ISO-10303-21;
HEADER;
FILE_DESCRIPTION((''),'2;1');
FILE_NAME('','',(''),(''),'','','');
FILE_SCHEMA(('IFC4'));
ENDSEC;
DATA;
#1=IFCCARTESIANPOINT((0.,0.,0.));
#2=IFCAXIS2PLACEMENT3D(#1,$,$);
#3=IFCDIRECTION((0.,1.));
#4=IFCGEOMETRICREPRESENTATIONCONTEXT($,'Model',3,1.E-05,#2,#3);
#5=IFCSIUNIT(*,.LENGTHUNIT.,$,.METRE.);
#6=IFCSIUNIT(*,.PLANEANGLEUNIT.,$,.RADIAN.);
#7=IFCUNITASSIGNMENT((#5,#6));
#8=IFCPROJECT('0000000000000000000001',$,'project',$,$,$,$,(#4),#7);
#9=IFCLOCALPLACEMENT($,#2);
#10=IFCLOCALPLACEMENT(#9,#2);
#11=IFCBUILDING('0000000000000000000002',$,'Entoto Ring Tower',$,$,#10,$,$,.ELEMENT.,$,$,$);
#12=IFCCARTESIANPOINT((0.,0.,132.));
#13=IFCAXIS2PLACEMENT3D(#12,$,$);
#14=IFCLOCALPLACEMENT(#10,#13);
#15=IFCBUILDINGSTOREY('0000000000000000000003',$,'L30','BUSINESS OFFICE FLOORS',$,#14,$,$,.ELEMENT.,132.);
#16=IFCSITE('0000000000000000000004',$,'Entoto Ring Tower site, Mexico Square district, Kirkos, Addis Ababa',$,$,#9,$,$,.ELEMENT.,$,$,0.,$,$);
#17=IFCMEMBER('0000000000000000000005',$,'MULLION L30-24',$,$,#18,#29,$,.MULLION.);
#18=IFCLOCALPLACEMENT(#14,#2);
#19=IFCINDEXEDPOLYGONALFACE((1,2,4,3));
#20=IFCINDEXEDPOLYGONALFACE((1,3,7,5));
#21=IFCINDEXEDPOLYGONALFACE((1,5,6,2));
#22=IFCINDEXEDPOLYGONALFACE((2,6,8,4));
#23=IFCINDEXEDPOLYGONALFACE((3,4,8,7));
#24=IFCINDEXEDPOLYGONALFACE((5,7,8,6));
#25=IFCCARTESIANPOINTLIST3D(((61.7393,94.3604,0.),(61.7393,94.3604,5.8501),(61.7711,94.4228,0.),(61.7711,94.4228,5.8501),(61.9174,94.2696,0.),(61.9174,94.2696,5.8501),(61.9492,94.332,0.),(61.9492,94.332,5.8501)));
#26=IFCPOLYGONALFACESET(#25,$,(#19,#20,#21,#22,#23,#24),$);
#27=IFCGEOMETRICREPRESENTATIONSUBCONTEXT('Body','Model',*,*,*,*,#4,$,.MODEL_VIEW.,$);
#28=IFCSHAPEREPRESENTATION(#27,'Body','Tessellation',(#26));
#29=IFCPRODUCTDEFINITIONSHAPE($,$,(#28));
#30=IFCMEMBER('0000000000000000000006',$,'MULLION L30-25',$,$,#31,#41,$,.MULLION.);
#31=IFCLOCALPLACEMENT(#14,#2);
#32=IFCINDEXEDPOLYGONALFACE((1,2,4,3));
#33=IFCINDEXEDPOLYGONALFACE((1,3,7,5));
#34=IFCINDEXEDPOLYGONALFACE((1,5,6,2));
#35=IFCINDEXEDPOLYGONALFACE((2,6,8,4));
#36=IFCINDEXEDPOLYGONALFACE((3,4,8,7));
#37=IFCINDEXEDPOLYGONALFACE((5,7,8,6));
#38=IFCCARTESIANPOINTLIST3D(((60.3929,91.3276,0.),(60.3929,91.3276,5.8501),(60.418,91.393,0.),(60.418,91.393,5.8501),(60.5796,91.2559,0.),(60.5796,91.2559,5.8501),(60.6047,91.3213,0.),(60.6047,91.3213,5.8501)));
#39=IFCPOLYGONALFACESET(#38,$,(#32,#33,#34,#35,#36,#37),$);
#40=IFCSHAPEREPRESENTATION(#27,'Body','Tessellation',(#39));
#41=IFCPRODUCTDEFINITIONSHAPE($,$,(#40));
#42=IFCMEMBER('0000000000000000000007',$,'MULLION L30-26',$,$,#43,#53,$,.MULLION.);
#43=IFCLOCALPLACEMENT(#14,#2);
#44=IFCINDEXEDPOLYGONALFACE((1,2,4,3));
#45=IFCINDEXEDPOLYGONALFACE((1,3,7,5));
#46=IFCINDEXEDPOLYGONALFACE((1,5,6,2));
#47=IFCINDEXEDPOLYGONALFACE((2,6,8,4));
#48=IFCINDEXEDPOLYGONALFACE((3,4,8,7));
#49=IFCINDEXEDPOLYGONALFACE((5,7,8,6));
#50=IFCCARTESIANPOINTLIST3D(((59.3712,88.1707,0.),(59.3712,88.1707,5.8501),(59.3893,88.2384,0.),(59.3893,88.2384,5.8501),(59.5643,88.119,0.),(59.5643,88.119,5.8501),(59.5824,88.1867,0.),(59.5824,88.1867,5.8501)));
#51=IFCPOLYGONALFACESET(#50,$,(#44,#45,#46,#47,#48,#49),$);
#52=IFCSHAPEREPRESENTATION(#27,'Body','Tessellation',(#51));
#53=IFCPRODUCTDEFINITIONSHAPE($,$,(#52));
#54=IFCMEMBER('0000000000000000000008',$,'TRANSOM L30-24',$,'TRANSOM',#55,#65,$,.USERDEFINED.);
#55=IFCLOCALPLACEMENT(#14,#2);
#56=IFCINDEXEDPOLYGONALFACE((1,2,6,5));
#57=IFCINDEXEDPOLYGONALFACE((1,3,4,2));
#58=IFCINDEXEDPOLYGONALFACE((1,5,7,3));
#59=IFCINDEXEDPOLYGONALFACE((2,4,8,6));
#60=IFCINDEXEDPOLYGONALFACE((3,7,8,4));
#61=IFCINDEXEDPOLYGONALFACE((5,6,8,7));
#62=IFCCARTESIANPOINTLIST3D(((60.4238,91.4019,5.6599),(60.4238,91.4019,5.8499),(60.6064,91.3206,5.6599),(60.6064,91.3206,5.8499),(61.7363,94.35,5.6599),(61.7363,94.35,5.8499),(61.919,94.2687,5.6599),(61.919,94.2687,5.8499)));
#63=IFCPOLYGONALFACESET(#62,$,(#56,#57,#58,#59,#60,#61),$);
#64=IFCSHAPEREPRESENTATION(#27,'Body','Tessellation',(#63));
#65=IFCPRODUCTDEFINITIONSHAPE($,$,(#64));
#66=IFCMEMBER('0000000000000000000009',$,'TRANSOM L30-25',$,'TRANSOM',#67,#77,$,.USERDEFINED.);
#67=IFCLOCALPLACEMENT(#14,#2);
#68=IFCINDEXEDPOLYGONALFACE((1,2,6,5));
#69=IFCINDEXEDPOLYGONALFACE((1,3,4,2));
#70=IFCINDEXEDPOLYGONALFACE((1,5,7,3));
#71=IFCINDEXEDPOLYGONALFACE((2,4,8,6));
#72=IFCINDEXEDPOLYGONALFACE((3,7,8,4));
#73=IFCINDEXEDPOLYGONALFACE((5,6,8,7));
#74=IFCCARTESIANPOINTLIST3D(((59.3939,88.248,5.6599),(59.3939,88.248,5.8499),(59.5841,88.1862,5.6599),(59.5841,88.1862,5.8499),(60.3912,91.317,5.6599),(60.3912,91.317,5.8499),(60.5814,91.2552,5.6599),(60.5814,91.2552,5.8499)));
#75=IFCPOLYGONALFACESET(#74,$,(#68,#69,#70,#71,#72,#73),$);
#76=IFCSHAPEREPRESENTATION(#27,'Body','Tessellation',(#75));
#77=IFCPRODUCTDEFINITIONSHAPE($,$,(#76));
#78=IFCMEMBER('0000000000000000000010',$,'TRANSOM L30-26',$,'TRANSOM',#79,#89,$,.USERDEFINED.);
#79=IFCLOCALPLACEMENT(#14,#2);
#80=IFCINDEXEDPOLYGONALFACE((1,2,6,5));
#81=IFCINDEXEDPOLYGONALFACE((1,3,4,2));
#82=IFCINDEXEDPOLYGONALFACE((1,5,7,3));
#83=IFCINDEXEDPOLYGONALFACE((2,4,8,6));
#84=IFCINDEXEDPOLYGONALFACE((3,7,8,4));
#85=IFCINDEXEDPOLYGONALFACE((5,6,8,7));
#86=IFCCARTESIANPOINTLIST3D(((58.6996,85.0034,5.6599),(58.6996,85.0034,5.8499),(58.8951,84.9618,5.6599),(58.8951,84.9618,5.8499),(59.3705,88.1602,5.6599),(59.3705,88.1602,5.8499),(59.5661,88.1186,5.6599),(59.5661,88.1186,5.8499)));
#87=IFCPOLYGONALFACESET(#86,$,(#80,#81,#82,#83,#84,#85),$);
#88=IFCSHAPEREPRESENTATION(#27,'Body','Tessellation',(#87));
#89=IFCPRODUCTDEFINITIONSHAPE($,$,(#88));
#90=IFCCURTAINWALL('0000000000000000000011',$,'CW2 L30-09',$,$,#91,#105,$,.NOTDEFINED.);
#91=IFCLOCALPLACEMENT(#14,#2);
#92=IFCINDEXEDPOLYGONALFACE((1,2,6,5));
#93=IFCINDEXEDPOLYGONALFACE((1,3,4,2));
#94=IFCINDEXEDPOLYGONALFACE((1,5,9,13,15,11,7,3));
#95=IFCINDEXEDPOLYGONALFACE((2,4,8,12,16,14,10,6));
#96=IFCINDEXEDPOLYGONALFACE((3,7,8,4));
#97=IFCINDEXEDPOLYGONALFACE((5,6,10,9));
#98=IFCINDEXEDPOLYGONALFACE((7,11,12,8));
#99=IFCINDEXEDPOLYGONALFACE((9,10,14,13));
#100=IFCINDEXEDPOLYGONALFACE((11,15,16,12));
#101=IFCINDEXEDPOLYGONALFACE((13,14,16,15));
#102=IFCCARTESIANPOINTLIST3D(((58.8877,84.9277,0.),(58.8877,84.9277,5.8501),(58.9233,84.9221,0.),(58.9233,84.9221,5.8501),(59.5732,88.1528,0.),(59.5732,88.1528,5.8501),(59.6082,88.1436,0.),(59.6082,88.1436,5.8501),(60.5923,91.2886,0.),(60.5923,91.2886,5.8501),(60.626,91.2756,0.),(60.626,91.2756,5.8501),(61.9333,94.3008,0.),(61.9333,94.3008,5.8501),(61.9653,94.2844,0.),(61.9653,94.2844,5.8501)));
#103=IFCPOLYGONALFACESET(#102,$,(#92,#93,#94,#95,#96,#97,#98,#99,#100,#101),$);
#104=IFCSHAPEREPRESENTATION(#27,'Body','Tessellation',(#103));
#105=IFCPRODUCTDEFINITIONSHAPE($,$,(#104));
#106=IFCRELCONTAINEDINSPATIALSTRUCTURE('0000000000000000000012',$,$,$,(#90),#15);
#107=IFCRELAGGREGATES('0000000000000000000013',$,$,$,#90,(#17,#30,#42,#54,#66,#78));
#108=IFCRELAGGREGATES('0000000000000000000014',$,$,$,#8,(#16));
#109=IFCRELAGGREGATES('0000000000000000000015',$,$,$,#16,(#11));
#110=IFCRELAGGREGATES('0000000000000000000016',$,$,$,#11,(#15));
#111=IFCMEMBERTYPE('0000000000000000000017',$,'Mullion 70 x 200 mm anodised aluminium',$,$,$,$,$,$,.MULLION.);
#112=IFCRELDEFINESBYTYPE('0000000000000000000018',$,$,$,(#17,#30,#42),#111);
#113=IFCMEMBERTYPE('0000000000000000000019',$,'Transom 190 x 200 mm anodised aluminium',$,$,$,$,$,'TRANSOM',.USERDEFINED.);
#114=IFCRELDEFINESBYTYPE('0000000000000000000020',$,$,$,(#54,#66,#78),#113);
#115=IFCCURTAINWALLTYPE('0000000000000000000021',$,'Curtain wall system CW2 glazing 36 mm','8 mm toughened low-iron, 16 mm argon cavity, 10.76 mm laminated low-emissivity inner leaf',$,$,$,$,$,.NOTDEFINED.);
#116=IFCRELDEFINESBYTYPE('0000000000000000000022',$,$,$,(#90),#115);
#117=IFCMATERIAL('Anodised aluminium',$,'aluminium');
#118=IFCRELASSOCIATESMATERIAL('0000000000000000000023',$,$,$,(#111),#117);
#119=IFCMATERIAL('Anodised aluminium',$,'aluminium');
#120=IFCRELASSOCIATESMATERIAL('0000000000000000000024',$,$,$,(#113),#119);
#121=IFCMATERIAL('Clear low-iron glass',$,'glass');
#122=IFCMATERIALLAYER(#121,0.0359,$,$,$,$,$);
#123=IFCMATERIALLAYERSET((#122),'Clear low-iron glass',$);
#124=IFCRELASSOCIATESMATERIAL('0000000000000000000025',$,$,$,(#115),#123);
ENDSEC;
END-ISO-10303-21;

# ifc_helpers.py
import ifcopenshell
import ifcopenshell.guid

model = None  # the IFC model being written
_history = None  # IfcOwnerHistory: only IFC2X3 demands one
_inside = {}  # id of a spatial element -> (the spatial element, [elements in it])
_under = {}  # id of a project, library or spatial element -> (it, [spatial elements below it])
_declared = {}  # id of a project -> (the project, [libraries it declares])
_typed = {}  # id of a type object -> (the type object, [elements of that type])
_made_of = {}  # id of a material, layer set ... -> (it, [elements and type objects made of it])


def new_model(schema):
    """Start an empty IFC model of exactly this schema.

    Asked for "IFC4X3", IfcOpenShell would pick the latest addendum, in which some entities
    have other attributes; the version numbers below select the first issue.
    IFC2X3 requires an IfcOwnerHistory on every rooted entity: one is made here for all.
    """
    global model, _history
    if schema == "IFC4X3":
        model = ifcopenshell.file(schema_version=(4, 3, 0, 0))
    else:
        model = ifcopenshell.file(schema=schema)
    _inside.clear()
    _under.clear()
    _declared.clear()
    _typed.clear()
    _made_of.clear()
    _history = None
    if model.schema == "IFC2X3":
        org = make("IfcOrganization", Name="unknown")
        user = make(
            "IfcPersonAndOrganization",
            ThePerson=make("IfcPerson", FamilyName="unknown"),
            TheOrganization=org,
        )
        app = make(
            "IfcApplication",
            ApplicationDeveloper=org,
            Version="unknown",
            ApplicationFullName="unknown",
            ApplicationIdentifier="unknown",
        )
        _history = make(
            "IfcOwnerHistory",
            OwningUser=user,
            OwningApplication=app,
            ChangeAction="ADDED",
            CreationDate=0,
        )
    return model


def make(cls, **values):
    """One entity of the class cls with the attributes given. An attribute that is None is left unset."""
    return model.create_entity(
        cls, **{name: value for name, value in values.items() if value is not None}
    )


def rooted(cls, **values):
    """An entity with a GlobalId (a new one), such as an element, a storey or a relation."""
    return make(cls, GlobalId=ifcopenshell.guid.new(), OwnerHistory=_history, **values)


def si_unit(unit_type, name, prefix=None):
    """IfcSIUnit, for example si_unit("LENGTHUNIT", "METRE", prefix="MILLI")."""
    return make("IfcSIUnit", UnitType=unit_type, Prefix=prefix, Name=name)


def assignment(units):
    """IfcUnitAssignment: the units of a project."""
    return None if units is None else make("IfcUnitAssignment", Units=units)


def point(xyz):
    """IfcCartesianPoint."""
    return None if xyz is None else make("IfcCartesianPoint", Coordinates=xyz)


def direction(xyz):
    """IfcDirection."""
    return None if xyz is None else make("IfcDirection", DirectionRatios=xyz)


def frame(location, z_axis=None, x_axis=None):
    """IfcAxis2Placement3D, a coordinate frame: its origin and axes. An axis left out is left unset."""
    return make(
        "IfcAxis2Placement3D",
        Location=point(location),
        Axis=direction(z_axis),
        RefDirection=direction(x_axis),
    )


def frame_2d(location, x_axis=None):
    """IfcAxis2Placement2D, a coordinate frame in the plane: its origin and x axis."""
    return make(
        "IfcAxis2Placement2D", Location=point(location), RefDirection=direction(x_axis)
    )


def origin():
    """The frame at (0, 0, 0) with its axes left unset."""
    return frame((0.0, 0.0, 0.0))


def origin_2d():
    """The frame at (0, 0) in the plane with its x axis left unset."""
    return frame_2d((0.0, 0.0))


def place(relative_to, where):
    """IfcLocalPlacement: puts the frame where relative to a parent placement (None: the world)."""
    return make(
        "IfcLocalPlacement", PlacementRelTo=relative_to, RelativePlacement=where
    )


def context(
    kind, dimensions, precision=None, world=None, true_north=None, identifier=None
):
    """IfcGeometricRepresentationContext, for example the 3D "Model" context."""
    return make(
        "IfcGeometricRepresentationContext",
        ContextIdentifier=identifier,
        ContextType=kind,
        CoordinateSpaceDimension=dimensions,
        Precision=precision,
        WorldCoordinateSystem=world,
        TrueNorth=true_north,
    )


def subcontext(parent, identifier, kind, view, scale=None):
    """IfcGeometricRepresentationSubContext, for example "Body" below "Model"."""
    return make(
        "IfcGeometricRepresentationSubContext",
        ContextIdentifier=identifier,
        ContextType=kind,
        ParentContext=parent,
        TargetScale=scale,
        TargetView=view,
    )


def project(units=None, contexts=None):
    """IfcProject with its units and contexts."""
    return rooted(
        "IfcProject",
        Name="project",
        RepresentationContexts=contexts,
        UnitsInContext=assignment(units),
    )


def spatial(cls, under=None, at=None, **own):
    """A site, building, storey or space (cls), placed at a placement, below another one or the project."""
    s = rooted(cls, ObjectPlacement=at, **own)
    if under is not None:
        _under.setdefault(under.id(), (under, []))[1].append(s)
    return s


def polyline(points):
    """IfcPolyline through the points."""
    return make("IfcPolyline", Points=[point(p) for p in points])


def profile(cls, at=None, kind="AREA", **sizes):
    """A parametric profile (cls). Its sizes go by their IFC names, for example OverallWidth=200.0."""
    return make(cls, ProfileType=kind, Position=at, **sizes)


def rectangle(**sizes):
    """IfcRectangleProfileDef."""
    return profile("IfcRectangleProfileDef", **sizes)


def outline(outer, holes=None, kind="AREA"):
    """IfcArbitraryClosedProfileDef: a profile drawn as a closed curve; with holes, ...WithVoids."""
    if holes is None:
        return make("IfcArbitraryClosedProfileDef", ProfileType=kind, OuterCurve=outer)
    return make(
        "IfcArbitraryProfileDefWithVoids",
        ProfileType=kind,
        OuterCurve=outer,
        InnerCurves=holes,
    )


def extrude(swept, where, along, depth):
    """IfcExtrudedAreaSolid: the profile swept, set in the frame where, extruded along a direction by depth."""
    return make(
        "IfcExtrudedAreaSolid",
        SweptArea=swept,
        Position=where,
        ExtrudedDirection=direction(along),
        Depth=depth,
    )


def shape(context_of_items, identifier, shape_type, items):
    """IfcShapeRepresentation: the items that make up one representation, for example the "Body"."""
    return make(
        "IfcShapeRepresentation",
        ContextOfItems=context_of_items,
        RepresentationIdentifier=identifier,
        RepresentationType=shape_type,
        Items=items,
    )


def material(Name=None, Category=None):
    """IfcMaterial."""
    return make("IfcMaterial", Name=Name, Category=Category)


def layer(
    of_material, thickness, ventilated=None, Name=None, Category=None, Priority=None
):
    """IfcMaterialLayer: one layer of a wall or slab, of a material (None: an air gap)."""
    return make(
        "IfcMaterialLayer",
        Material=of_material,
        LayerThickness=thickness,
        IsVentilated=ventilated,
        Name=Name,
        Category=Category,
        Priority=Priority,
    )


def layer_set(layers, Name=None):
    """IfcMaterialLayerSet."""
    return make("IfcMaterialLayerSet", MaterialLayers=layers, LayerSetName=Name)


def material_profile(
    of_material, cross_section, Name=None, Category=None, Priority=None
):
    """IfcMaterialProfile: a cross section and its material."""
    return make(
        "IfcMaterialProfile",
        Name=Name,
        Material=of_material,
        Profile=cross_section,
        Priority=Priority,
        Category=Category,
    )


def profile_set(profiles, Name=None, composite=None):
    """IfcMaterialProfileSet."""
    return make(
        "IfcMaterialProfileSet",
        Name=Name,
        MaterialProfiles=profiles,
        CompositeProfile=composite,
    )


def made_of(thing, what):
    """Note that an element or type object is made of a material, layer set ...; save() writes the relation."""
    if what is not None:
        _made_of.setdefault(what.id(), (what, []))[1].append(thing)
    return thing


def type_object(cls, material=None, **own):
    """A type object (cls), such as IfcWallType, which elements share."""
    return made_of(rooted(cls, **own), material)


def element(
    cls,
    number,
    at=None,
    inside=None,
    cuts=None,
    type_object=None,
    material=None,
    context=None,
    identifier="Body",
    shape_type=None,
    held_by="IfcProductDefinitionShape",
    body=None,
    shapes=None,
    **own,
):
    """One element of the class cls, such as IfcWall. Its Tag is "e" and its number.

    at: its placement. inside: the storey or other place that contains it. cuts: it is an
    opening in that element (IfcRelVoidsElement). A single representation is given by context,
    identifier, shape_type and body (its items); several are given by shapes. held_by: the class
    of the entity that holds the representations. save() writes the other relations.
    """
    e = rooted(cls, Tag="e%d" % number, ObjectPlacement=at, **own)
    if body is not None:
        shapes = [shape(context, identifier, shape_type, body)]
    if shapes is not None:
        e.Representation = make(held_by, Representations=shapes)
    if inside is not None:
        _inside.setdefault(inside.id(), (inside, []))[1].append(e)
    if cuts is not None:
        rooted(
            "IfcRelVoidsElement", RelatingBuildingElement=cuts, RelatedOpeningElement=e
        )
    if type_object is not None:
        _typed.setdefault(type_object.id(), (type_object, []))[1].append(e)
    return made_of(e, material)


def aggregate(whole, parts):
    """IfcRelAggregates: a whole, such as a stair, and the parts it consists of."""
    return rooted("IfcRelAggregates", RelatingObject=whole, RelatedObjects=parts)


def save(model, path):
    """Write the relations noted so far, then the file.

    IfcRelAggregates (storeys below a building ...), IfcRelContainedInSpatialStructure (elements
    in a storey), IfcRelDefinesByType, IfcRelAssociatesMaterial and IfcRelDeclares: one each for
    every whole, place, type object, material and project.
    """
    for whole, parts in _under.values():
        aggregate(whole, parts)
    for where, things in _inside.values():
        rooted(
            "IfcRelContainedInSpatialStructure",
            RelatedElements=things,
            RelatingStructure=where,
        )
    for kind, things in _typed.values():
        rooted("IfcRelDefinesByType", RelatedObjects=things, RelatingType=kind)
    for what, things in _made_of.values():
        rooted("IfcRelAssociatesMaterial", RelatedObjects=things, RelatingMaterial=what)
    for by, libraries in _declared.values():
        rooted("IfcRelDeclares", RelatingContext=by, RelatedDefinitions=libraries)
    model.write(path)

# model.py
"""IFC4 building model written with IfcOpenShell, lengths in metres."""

from ifc_helpers import new_model, si_unit, direction, frame, origin, origin_2d, place, context, subcontext, project, spatial, polyline, rectangle, outline, extrude, material, layer, layer_set, material_profile, profile_set, type_object, element, aggregate, save


model = new_model("IFC4")

# Units and contexts
model_context = context("Model", 3, precision=1e-05, world=origin(), true_north=direction((0.0, 1.0)))
body_context = subcontext(model_context, "Body", "Model", "MODEL_VIEW")
ifc_project = project(units=[si_unit("LENGTHUNIT", "METRE"), si_unit("PLANEANGLEUNIT", "RADIAN")], contexts=[model_context])

# Members
ifc_material_1 = material(Name="Anodised aluminium", Category="aluminium")
ifc_material_profile_1 = material_profile(ifc_material_1, rectangle(XDim=0.0701, YDim=0.2, at=origin_2d()), Name="Mullion 70 x 200 mm anodised aluminium")
ifc_profile_set_1 = profile_set([ifc_material_profile_1], Name="Anodised aluminium")
member_type_1 = type_object("IfcMemberType", Name="Mullion 70 x 200 mm anodised aluminium", PredefinedType="MULLION", material=ifc_profile_set_1)
site_placement = place(None, origin())
building_placement = place(site_placement, origin())
storey_placement = place(building_placement, frame((0.0, 0.0, 132.0)))
member_1_placement = place(storey_placement, frame((61.8442, 94.3462, 0.0), z_axis=(0.0, 0.0, 1.0), x_axis=(-0.45399, -0.891007, 0.0)))
member_1 = element("IfcMember", 1, at=member_1_placement, type_object=member_type_1, Name="MULLION L30-24", PredefinedType="MULLION", context=body_context, shape_type="SweptSolid", body=[
    extrude(rectangle(XDim=0.0701, YDim=0.2, at=origin_2d()), origin(), (0.0, 0.0, 1.0), 5.8501),
])
member_2_placement = place(storey_placement, frame((60.4988, 91.3245, 0.0), z_axis=(0.0, 0.0, 1.0), x_axis=(-0.358368, -0.93358, 0.0)))
member_2 = element("IfcMember", 2, at=member_2_placement, type_object=member_type_1, Name="MULLION L30-25", PredefinedType="MULLION", context=body_context, shape_type="SweptSolid", body=[
    extrude(rectangle(XDim=0.0701, YDim=0.2, at=origin_2d()), origin(), (0.0, 0.0, 1.0), 5.8501),
])
member_3_placement = place(storey_placement, frame((59.4768, 88.1787, 0.0), z_axis=(0.0, 0.0, 1.0), x_axis=(-0.258819, -0.965926, 0.0)))
member_3 = element("IfcMember", 3, at=member_3_placement, type_object=member_type_1, Name="MULLION L30-26", PredefinedType="MULLION", context=body_context, shape_type="SweptSolid", body=[
    extrude(rectangle(XDim=0.0701, YDim=0.2, at=origin_2d()), origin(), (0.0, 0.0, 1.0), 5.8501),
])
ifc_material_2 = material(Name="Anodised aluminium", Category="aluminium")
ifc_material_profile_2 = material_profile(ifc_material_2, rectangle(XDim=0.2, YDim=0.1899, at=origin_2d()), Name="Transom 190 x 200 mm anodised aluminium")
ifc_profile_set_2 = profile_set([ifc_material_profile_2], Name="Anodised aluminium")
member_type_2 = type_object("IfcMemberType", Name="Transom 190 x 200 mm anodised aluminium", ElementType="TRANSOM", PredefinedType="USERDEFINED", material=ifc_profile_set_2)
member_4_placement = place(storey_placement, frame((61.8276, 94.3093, 5.7549), z_axis=(-0.406728, -0.913549, 0.0), x_axis=(0.913549, -0.406728, 0.0)))
member_4 = element("IfcMember", 4, at=member_4_placement, type_object=member_type_2, Name="TRANSOM L30-24", ObjectType="TRANSOM", PredefinedType="USERDEFINED", context=body_context, shape_type="SweptSolid", body=[
    extrude(rectangle(XDim=0.2, YDim=0.1899, at=origin_2d()), origin(), (0.0, 0.0, 1.0), 3.2271),
])
member_5_placement = place(storey_placement, frame((60.4863, 91.2861, 5.7549), z_axis=(-0.309047, -0.951047, 0.0), x_axis=(0.951047, -0.309047, 0.0)))
member_5 = element("IfcMember", 5, at=member_5_placement, type_object=member_type_2, Name="TRANSOM L30-25", ObjectType="TRANSOM", PredefinedType="USERDEFINED", context=body_context, shape_type="SweptSolid", body=[
    extrude(rectangle(XDim=0.2, YDim=0.1899, at=origin_2d()), origin(), (0.0, 0.0, 1.0), 3.2271),
])
member_6_placement = place(storey_placement, frame((59.4683, 88.1394, 5.7549), z_axis=(-0.207886, -0.978153, 0.0), x_axis=(0.978153, -0.207886, 0.0)))
member_6 = element("IfcMember", 6, at=member_6_placement, type_object=member_type_2, Name="TRANSOM L30-26", ObjectType="TRANSOM", PredefinedType="USERDEFINED", context=body_context, shape_type="SweptSolid", body=[
    extrude(rectangle(XDim=0.2, YDim=0.1899, at=origin_2d()), origin(), (0.0, 0.0, 1.0), 3.2273),
])

# Site, building, storey
site = spatial("IfcSite", under=ifc_project, at=site_placement, Name="Entoto Ring Tower site, Mexico Square district, Kirkos, Addis Ababa", CompositionType="ELEMENT", RefElevation=0.0)
building = spatial("IfcBuilding", under=site, at=building_placement, Name="Entoto Ring Tower", CompositionType="ELEMENT")
storey = spatial("IfcBuildingStorey", under=building, at=storey_placement, Name="L30", Description="BUSINESS OFFICE FLOORS", CompositionType="ELEMENT", Elevation=132.0)

# Curtain wall
ifc_material_3 = material(Name="Clear low-iron glass", Category="glass")
ifc_layer = layer(ifc_material_3, 0.0359)
ifc_layer_set = layer_set([ifc_layer], Name="Clear low-iron glass")
curtain_wall_type = type_object("IfcCurtainWallType", Name="Curtain wall system CW2 glazing 36 mm", Description="8 mm toughened low-iron, 16 mm argon cavity, 10.76 mm laminated low-emissivity inner leaf", PredefinedType="NOTDEFINED", material=ifc_layer_set)
curtain_wall_1_placement = place(storey_placement, origin())
curtain_wall_1 = element("IfcCurtainWall", 7, at=curtain_wall_1_placement, inside=storey, type_object=curtain_wall_type, Name="CW2 L30-09", PredefinedType="NOTDEFINED", context=body_context, shape_type="SweptSolid", body=[
    extrude(outline(polyline([(61.9333, 94.3008), (60.5923, 91.2886), (59.5732, 88.1528), (58.8877, 84.9277), (58.9233, 84.9221), (59.6082, 88.1436), (60.626, 91.2756), (61.9653, 94.2844), (61.9333, 94.3008)])), origin(), (0.0, 0.0, 1.0), 5.8501),
])
aggregate(curtain_wall_1, [member_1, member_2, member_3, member_4, member_5, member_6])

save(model, "model.ifc")
